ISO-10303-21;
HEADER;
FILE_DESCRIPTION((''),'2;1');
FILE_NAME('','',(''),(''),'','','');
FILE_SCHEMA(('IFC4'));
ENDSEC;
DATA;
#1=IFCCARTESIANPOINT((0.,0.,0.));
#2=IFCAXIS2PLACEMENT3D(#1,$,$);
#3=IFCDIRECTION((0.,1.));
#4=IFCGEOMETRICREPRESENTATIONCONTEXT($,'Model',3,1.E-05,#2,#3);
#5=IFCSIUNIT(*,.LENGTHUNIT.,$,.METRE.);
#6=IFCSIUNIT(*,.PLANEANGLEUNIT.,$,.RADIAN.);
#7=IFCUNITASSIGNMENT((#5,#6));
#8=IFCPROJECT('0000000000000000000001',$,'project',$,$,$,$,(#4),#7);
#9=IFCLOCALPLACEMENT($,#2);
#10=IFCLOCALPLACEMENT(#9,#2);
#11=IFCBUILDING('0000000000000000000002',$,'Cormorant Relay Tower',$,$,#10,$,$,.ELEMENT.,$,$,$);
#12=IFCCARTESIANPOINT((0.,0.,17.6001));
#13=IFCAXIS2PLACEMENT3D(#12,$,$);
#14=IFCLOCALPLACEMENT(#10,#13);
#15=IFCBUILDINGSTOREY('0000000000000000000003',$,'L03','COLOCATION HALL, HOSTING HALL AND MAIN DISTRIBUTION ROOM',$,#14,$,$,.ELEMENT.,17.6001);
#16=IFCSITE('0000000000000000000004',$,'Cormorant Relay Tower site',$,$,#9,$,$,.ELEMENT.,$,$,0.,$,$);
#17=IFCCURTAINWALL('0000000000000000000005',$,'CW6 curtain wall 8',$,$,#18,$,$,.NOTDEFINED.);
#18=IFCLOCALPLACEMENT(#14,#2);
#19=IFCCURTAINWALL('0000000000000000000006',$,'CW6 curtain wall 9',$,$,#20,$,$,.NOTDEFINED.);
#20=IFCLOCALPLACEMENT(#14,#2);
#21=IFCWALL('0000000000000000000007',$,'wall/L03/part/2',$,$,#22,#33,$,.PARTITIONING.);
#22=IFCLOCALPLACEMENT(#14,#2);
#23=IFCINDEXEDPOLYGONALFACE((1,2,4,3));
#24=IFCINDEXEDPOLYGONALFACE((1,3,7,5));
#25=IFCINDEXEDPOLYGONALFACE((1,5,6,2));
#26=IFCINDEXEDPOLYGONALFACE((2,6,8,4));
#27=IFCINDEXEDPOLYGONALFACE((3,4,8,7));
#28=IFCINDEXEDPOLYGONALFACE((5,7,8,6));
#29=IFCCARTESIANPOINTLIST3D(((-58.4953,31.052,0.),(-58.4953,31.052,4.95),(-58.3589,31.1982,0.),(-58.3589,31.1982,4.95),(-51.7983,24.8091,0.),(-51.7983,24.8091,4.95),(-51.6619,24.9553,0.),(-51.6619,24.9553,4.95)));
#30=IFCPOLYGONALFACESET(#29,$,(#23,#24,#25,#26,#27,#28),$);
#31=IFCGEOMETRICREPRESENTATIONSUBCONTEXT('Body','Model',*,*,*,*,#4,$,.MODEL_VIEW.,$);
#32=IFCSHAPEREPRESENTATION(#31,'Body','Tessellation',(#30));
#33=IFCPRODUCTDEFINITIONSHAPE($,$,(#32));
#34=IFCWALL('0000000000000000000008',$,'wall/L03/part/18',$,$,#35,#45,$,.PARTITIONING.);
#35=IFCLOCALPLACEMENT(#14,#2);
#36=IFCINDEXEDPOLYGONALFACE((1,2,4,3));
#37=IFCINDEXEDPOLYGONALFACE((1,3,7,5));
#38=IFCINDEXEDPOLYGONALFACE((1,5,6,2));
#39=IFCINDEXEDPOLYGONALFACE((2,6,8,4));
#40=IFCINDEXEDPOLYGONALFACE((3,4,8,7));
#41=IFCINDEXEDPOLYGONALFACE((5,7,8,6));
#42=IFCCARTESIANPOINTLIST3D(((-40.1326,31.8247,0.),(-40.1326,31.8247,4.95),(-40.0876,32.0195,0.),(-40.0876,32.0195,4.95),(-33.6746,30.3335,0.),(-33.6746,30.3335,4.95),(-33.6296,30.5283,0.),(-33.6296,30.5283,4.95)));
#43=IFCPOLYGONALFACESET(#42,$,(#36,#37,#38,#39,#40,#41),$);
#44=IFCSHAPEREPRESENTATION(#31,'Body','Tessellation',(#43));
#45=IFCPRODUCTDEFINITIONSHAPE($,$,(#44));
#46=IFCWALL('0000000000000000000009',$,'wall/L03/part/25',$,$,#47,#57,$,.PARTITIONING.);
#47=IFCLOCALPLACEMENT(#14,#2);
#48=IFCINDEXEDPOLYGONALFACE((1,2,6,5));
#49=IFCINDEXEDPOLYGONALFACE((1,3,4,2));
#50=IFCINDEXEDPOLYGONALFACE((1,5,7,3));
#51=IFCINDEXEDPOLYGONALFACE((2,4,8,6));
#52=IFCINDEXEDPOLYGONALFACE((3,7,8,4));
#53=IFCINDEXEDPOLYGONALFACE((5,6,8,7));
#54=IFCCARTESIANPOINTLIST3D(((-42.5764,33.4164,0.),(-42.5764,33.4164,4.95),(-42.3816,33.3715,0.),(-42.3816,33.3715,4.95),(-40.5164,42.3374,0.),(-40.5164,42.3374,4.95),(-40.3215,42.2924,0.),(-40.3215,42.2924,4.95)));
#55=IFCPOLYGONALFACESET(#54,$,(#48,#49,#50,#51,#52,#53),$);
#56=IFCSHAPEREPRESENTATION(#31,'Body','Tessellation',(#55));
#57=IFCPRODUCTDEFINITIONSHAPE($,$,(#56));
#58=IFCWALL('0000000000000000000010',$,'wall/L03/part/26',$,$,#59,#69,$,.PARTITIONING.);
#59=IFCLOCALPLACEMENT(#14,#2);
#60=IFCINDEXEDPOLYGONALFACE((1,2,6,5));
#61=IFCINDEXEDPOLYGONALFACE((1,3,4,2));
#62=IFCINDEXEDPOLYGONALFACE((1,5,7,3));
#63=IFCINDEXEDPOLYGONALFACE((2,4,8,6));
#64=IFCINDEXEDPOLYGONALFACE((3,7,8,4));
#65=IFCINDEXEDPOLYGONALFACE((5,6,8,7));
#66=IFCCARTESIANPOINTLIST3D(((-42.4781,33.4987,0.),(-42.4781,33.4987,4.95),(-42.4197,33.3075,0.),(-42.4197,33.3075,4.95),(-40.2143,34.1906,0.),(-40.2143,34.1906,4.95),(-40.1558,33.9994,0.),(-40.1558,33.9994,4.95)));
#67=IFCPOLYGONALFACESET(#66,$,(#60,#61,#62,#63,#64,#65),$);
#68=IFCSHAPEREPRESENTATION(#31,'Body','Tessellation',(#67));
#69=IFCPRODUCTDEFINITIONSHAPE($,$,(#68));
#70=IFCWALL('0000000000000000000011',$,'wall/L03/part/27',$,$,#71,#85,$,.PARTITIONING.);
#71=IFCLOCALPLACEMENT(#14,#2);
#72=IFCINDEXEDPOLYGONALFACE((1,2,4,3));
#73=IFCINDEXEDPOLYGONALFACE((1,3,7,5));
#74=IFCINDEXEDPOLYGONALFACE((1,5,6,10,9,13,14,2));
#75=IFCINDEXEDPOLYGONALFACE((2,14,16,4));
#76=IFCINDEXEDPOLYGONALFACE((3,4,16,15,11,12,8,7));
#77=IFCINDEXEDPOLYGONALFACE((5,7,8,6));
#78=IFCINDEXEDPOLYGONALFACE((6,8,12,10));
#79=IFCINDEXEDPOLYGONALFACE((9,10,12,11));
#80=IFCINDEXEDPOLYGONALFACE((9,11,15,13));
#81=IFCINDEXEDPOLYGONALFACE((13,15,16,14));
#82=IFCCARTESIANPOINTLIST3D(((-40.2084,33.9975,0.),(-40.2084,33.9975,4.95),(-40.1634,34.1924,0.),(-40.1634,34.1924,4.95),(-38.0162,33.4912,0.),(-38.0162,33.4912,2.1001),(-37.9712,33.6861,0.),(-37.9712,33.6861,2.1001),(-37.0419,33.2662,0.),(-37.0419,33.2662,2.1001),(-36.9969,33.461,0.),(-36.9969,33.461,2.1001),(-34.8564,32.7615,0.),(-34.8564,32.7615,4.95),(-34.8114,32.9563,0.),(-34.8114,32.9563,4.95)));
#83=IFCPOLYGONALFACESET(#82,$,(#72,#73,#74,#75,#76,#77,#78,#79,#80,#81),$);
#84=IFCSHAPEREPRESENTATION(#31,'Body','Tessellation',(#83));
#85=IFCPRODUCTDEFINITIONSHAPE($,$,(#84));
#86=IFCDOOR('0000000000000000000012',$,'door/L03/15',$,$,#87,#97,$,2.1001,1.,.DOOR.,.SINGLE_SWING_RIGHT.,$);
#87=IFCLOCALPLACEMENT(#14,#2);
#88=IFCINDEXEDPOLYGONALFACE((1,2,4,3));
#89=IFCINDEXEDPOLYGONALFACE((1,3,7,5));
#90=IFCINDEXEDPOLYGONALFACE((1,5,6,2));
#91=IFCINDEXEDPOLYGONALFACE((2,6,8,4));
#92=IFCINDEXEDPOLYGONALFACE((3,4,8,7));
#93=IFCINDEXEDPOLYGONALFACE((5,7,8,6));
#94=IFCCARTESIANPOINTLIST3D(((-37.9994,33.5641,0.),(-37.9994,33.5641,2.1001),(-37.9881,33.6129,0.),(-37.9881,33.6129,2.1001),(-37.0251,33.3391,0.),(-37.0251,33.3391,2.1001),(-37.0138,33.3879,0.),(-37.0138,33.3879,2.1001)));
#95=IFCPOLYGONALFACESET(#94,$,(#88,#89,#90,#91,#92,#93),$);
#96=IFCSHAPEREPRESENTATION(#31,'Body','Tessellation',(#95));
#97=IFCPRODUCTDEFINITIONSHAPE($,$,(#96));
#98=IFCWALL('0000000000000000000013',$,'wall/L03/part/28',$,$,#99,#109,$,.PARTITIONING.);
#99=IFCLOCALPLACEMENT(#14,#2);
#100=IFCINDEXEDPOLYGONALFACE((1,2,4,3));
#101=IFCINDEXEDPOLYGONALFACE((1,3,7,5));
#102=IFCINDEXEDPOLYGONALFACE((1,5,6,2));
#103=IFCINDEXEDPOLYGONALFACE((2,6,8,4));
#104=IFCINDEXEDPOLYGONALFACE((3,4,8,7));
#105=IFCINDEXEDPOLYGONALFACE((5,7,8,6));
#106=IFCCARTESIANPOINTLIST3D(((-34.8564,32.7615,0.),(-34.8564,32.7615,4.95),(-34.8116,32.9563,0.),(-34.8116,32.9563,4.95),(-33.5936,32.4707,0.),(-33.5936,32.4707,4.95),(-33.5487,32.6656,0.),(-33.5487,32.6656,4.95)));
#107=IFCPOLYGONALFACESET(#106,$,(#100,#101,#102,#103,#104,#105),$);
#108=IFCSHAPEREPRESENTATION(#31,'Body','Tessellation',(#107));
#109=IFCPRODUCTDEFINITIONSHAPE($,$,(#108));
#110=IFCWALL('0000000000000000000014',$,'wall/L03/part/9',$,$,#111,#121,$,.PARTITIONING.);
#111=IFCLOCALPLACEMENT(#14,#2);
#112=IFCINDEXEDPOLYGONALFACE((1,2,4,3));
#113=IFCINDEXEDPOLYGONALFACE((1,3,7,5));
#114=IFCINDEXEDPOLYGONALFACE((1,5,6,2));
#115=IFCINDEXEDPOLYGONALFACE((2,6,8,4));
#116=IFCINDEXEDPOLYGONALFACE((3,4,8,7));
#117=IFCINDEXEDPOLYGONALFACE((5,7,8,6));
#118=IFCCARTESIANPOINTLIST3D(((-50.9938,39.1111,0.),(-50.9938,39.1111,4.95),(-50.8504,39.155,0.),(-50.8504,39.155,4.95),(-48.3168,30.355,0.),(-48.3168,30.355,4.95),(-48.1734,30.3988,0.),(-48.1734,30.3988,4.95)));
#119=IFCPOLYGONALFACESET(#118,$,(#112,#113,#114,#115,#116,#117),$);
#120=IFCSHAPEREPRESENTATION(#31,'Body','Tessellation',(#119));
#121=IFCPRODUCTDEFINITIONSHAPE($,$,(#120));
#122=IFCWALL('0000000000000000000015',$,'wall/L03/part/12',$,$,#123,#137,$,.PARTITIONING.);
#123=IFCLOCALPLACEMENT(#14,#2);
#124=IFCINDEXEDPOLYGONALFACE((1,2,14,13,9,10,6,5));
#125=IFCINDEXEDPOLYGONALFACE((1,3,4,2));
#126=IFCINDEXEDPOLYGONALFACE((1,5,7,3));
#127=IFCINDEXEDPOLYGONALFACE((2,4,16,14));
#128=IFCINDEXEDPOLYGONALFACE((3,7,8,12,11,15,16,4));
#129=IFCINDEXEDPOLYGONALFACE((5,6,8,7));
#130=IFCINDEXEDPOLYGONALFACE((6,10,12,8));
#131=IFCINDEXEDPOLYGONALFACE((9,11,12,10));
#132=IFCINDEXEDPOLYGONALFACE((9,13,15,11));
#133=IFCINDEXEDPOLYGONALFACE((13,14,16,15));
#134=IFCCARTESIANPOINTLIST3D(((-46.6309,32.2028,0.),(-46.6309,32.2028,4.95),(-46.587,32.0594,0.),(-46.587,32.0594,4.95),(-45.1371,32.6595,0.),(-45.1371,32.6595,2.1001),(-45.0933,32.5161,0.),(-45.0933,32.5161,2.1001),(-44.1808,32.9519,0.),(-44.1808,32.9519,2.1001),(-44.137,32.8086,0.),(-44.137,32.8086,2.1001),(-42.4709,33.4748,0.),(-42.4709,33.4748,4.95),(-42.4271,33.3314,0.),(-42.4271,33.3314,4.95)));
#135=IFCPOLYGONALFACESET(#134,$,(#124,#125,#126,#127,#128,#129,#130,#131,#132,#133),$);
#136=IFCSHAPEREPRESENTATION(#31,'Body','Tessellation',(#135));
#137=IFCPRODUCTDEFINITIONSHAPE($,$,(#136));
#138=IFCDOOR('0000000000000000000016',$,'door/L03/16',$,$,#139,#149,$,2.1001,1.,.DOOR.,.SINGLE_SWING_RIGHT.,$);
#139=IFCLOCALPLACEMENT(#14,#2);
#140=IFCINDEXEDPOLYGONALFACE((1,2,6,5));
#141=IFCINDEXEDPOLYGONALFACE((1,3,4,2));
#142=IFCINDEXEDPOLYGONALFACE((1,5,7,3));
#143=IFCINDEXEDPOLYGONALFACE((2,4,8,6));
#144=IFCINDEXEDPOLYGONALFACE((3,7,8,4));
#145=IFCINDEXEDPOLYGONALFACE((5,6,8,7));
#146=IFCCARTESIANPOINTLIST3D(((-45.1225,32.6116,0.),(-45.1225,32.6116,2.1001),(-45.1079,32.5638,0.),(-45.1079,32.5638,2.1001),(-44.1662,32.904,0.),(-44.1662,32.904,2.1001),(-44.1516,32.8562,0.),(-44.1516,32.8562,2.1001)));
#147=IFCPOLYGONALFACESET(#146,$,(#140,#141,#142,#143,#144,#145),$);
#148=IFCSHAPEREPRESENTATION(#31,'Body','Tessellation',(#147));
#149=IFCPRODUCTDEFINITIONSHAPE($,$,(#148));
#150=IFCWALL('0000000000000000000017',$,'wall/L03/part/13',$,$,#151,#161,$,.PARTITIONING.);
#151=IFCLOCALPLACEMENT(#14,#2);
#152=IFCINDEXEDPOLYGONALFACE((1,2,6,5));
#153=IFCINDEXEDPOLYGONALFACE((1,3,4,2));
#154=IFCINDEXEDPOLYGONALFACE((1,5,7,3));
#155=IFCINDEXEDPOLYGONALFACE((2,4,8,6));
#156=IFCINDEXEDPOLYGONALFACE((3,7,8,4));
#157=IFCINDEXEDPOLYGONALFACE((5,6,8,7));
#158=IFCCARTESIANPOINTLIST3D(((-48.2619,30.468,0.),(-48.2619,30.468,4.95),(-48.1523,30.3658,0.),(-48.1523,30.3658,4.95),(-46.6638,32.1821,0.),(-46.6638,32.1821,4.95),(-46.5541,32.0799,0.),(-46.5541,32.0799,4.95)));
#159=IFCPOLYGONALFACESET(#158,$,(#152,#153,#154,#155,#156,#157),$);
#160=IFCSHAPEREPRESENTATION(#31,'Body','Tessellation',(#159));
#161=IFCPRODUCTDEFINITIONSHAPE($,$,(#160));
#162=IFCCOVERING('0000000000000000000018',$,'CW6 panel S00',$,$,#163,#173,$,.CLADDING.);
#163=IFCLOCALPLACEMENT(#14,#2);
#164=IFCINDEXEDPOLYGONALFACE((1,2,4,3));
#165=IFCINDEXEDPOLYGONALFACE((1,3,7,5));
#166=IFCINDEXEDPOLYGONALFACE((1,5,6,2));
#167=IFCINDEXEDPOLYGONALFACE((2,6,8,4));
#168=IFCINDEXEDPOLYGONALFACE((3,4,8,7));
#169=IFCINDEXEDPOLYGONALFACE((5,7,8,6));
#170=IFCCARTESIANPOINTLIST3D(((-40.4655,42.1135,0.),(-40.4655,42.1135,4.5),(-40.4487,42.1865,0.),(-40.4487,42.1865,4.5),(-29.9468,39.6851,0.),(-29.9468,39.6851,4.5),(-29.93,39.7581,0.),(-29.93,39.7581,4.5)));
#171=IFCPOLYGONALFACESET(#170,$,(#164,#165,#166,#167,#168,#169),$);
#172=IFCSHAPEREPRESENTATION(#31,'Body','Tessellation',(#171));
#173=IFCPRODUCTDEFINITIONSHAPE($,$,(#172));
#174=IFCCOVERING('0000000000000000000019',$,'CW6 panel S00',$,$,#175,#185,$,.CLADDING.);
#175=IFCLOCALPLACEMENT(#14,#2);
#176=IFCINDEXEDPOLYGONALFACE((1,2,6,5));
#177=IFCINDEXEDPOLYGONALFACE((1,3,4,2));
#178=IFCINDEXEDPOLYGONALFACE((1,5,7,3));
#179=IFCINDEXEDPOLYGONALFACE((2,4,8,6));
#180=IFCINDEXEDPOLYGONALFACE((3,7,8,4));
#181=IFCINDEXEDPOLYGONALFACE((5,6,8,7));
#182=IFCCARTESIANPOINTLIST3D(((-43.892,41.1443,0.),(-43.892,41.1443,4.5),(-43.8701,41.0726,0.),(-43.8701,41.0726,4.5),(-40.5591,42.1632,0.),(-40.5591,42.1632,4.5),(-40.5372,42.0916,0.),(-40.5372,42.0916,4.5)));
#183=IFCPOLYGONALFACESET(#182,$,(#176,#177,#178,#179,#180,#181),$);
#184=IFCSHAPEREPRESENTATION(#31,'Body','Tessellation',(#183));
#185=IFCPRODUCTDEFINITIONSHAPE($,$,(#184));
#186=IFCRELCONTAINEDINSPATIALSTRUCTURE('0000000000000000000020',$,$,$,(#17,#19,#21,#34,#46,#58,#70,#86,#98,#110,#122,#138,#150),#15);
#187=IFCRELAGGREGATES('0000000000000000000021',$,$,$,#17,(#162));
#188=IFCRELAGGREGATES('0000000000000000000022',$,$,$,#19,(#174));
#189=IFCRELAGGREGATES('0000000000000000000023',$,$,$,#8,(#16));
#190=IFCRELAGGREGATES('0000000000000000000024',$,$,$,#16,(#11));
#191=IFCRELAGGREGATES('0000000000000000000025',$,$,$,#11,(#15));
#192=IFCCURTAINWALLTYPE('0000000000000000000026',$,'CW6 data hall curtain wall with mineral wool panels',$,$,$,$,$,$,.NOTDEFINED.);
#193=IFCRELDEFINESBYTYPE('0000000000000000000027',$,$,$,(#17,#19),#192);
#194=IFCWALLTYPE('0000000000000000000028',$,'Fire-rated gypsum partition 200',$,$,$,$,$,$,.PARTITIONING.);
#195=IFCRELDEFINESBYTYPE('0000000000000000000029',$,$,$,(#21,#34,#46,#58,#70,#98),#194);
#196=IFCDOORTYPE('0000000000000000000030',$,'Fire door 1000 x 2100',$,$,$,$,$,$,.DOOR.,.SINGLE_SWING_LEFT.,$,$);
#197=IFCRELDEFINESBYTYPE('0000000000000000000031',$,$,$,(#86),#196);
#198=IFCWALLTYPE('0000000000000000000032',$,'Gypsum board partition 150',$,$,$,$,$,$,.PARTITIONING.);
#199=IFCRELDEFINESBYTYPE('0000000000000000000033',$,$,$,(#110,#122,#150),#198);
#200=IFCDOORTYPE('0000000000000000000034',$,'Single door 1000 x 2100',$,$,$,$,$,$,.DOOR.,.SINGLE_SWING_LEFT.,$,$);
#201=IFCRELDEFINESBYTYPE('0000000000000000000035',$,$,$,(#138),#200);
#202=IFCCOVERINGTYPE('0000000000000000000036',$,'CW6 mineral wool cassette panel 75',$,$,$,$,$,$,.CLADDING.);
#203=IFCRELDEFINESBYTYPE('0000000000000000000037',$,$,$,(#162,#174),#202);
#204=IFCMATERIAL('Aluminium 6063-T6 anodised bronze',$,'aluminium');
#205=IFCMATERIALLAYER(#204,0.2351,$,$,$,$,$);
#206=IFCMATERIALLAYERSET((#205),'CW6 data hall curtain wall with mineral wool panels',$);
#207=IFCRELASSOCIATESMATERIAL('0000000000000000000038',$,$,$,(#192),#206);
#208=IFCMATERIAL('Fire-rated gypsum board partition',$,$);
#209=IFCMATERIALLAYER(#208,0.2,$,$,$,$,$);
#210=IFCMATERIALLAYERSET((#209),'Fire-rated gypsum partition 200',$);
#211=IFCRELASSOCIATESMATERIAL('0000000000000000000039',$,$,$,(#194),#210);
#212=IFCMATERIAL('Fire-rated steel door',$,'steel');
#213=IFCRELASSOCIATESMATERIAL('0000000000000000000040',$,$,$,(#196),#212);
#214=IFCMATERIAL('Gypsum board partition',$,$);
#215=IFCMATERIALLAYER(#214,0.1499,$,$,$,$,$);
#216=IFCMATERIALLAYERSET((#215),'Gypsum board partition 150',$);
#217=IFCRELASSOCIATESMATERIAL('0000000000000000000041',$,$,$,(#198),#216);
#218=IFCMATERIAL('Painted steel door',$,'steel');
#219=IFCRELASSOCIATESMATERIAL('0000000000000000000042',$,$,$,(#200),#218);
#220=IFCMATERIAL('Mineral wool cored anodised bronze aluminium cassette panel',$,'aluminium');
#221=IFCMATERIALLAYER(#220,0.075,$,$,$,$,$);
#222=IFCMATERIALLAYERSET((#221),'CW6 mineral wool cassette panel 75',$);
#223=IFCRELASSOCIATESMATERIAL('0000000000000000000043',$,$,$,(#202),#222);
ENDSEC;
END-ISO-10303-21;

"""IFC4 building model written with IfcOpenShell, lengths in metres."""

from ifc_helpers import new_model, si_unit, direction, frame, frame_2d, origin, origin_2d, place, context, subcontext, project, spatial, rectangle, extrude, material, layer, layer_set, type_object, element, fill, aggregate, save


model = new_model("IFC4")

# Units and contexts
model_context = context("Model", 3, precision=1e-05, world=origin(), true_north=direction((0.0, 1.0)))
body_context = subcontext(model_context, "Body", "Model", "MODEL_VIEW")
ifc_project = project(units=[si_unit("LENGTHUNIT", "METRE"), si_unit("PLANEANGLEUNIT", "RADIAN")], contexts=[model_context])

# Site, building, storey
site_placement = place(None, origin())
site = spatial("IfcSite", under=ifc_project, at=site_placement, Name="Cormorant Relay Tower site", CompositionType="ELEMENT", RefElevation=0.0)
building_placement = place(site_placement, origin())
building = spatial("IfcBuilding", under=site, at=building_placement, Name="Cormorant Relay Tower", CompositionType="ELEMENT")
storey_placement = place(building_placement, frame((0.0, 0.0, 17.6001)))
storey = spatial("IfcBuildingStorey", under=building, at=storey_placement, Name="L03", Description="COLOCATION HALL, HOSTING HALL AND MAIN DISTRIBUTION ROOM", CompositionType="ELEMENT", Elevation=17.6001)

# Curtain wall
ifc_material_1 = material(Name="Aluminium 6063-T6 anodised bronze", Category="aluminium")
ifc_layer_1 = layer(ifc_material_1, 0.2351)
ifc_layer_set_1 = layer_set([ifc_layer_1], Name="CW6 data hall curtain wall with mineral wool panels")
curtain_wall_type = type_object("IfcCurtainWallType", Name="CW6 data hall curtain wall with mineral wool panels", PredefinedType="NOTDEFINED", material=ifc_layer_set_1)
curtain_wall_1_placement = place(storey_placement, origin())
curtain_wall_1 = element("IfcCurtainWall", 1, at=curtain_wall_1_placement, inside=storey, type_object=curtain_wall_type, Name="CW6 curtain wall 8", PredefinedType="NOTDEFINED")

# Curtain wall
curtain_wall_2_placement = place(storey_placement, origin())
curtain_wall_2 = element("IfcCurtainWall", 2, at=curtain_wall_2_placement, inside=storey, type_object=curtain_wall_type, Name="CW6 curtain wall 9", PredefinedType="NOTDEFINED")

# Walls
ifc_material_2 = material(Name="Fire-rated gypsum board partition")
ifc_layer_2 = layer(ifc_material_2, 0.2)
ifc_layer_set_2 = layer_set([ifc_layer_2], Name="Fire-rated gypsum partition 200")
wall_type_1 = type_object("IfcWallType", Name="Fire-rated gypsum partition 200", PredefinedType="PARTITIONING", material=ifc_layer_set_2)
wall_1_placement = place(storey_placement, frame((-58.427, 31.125, 0.0), z_axis=(0.0, 0.0, 1.0), x_axis=(0.731471, -0.681873, 0.0)))
element("IfcWall", 3, at=wall_1_placement, inside=storey, type_object=wall_type_1, Name="wall/L03/part/2", PredefinedType="PARTITIONING", context=body_context, shape_type="SweptSolid", body=[
    extrude(rectangle(XDim=9.1555, YDim=0.2, at=frame_2d((4.5776, 0.0))), origin(), (0.0, 0.0, 1.0), 4.95),
])
wall_2_placement = place(storey_placement, frame((-40.1101, 31.9221, 0.0), z_axis=(0.0, 0.0, 1.0), x_axis=(0.974361, -0.224989, 0.0)))
element("IfcWall", 4, at=wall_2_placement, inside=storey, type_object=wall_type_1, Name="wall/L03/part/18", PredefinedType="PARTITIONING", context=body_context, shape_type="SweptSolid", body=[
    extrude(rectangle(XDim=6.6279, YDim=0.2, at=frame_2d((3.314, 0.0))), origin(), (0.0, 0.0, 1.0), 4.95),
])
wall_3_placement = place(storey_placement, frame((-40.4189, 42.3149, 0.0), z_axis=(0.0, 0.0, 1.0), x_axis=(-0.225004, -0.974358, 0.0)))
element("IfcWall", 5, at=wall_3_placement, inside=storey, type_object=wall_type_1, Name="wall/L03/part/25", PredefinedType="PARTITIONING", context=body_context, shape_type="SweptSolid", body=[
    extrude(rectangle(XDim=9.1558, YDim=0.2, at=frame_2d((4.5779, 0.0))), origin(), (0.0, 0.0, 1.0), 4.95),
])
wall_4_placement = place(storey_placement, frame((-40.1851, 34.095, 0.0), z_axis=(0.0, 0.0, 1.0), x_axis=(-0.956335, -0.292274, 0.0)))
element("IfcWall", 6, at=wall_4_placement, inside=storey, type_object=wall_type_1, Name="wall/L03/part/26", PredefinedType="PARTITIONING", context=body_context, shape_type="SweptSolid", body=[
    extrude(rectangle(XDim=2.3672, YDim=0.2, at=frame_2d((1.1836, 0.0))), origin(), (0.0, 0.0, 1.0), 4.95),
])

# Wall, opening, door
wall_5_placement = place(storey_placement, frame((-40.186, 34.095, 0.0), z_axis=(0.0, 0.0, 1.0), x_axis=(0.974351, -0.225032, 0.0)))
wall_5 = element("IfcWall", 7, at=wall_5_placement, inside=storey, type_object=wall_type_1, Name="wall/L03/part/27", PredefinedType="PARTITIONING", context=body_context, shape_type="SweptSolid", body=[
    extrude(rectangle(XDim=5.4929, YDim=0.2, at=frame_2d((2.7466, 0.0))), origin(), (0.0, 0.0, 1.0), 4.95),
])
opening_1_placement = place(wall_5_placement, frame((2.25, 0.0, 0.0)))
opening_1 = element("IfcOpeningElement", 8, at=opening_1_placement, cuts=wall_5, PredefinedType="OPENING", context=body_context, shape_type="SweptSolid", body=[
    extrude(rectangle(XDim=1.0, YDim=2.1001, at=frame_2d((0.5, 1.05))), frame((0.0, 0.1099, 0.0), z_axis=(0.0, -1.0, 0.0), x_axis=(1.0, 0.0, 0.0)), (0.0, 0.0, 1.0), 0.22),
])
ifc_material_3 = material(Name="Fire-rated steel door", Category="steel")
door_type_1 = type_object("IfcDoorType", Name="Fire door 1000 x 2100", OperationType="SINGLE_SWING_LEFT", PredefinedType="DOOR", material=ifc_material_3)
door_1_placement = place(opening_1_placement, origin())
door_1 = element("IfcDoor", 9, at=door_1_placement, inside=storey, type_object=door_type_1, Name="door/L03/15", OperationType="SINGLE_SWING_RIGHT", OverallHeight=2.1001, OverallWidth=1.0, PredefinedType="DOOR", context=body_context, shape_type="SweptSolid", body=[
    extrude(rectangle(XDim=1.0, YDim=2.1001, at=frame_2d((0.5, 1.05))), frame((0.0, 0.0249, 0.0), z_axis=(0.0, -1.0, 0.0), x_axis=(1.0, 0.0, 0.0)), (0.0, 0.0, 1.0), 0.05),
])
fill(opening_1, door_1)

# Walls
wall_6_placement = place(storey_placement, frame((-34.834, 32.8589, 0.0), z_axis=(0.0, 0.0, 1.0), x_axis=(0.974505, -0.224364, 0.0)))
element("IfcWall", 10, at=wall_6_placement, inside=storey, type_object=wall_type_1, Name="wall/L03/part/28", PredefinedType="PARTITIONING", context=body_context, shape_type="SweptSolid", body=[
    extrude(rectangle(XDim=1.2959, YDim=0.2, at=frame_2d((0.6479, 0.0))), origin(), (0.0, 0.0, 1.0), 4.95),
])
ifc_material_4 = material(Name="Gypsum board partition")
ifc_layer_3 = layer(ifc_material_4, 0.1499)
ifc_layer_set_3 = layer_set([ifc_layer_3], Name="Gypsum board partition 150")
wall_type_2 = type_object("IfcWallType", Name="Gypsum board partition 150", PredefinedType="PARTITIONING", material=ifc_layer_set_3)
wall_7_placement = place(storey_placement, frame((-50.9221, 39.1331, 0.0), z_axis=(0.0, 0.0, 1.0), x_axis=(0.292371, -0.956305, 0.0)))
element("IfcWall", 11, at=wall_7_placement, inside=storey, type_object=wall_type_2, Name="wall/L03/part/9", PredefinedType="PARTITIONING", context=body_context, shape_type="SweptSolid", body=[
    extrude(rectangle(XDim=9.1562, YDim=0.1499, at=frame_2d((4.5781, 0.0))), origin(), (0.0, 0.0, 1.0), 4.95),
])

# Wall, opening, door
wall_8_placement = place(storey_placement, frame((-42.449, 33.4031, 0.0), z_axis=(0.0, 0.0, 1.0), x_axis=(-0.956294, -0.292405, 0.0)))
wall_8 = element("IfcWall", 12, at=wall_8_placement, inside=storey, type_object=wall_type_2, Name="wall/L03/part/12", PredefinedType="PARTITIONING", context=body_context, shape_type="SweptSolid", body=[
    extrude(rectangle(XDim=4.3501, YDim=0.1499, at=frame_2d((2.175, 0.0))), origin(), (0.0, 0.0, 1.0), 4.95),
])
opening_2_placement = place(wall_8_placement, frame((1.7881, 0.0, 0.0)))
opening_2 = element("IfcOpeningElement", 13, at=opening_2_placement, cuts=wall_8, PredefinedType="OPENING", context=body_context, shape_type="SweptSolid", body=[
    extrude(rectangle(XDim=1.0, YDim=2.1001, at=frame_2d((0.5, 1.05))), frame((0.0, 0.085, 0.0), z_axis=(0.0, -1.0, 0.0), x_axis=(1.0, 0.0, 0.0)), (0.0, 0.0, 1.0), 0.1699),
])
ifc_material_5 = material(Name="Painted steel door", Category="steel")
door_type_2 = type_object("IfcDoorType", Name="Single door 1000 x 2100", OperationType="SINGLE_SWING_LEFT", PredefinedType="DOOR", material=ifc_material_5)
door_2_placement = place(opening_2_placement, frame((1.0, 0.0, 0.0), z_axis=(0.0, 0.0, 1.0), x_axis=(-1.0, 0.0, 0.0)))
door_2 = element("IfcDoor", 14, at=door_2_placement, inside=storey, type_object=door_type_2, Name="door/L03/16", OperationType="SINGLE_SWING_RIGHT", OverallHeight=2.1001, OverallWidth=1.0, PredefinedType="DOOR", context=body_context, shape_type="SweptSolid", body=[
    extrude(rectangle(XDim=1.0, YDim=2.1001, at=frame_2d((0.5, 1.05))), frame((0.0, 0.0249, 0.0), z_axis=(0.0, -1.0, 0.0), x_axis=(1.0, 0.0, 0.0)), (0.0, 0.0, 1.0), 0.05),
])
fill(opening_2, door_2)

# Wall
wall_9_placement = place(storey_placement, frame((-46.6089, 32.1311, 0.0), z_axis=(0.0, 0.0, 1.0), x_axis=(-0.681932, -0.731415, 0.0)))
element("IfcWall", 15, at=wall_9_placement, inside=storey, type_object=wall_type_2, Name="wall/L03/part/13", PredefinedType="PARTITIONING", context=body_context, shape_type="SweptSolid", body=[
    extrude(rectangle(XDim=2.3435, YDim=0.1499, at=frame_2d((1.1719, 0.0))), origin(), (0.0, 0.0, 1.0), 4.95),
])

# Coverings
ifc_material_6 = material(Name="Mineral wool cored anodised bronze aluminium cassette panel", Category="aluminium")
ifc_layer_4 = layer(ifc_material_6, 0.075)
ifc_layer_set_4 = layer_set([ifc_layer_4], Name="CW6 mineral wool cassette panel 75")
covering_type = type_object("IfcCoveringType", Name="CW6 mineral wool cassette panel 75", PredefinedType="CLADDING", material=ifc_layer_set_4)
covering_1_placement = place(storey_placement, frame((-35.1978, 40.9358, 0.0), z_axis=(0.0, 0.0, 1.0), x_axis=(-0.97437, 0.224951, 0.0)))
covering_1 = element("IfcCovering", 16, at=covering_1_placement, type_object=covering_type, Name="CW6 panel S00", PredefinedType="CLADDING", context=body_context, shape_type="SweptSolid", body=[
    extrude(rectangle(XDim=10.7954, YDim=0.075, at=origin_2d()), origin(), (0.0, 0.0, 1.0), 4.5),
])
aggregate(curtain_wall_1, [covering_1])
covering_2_placement = place(storey_placement, frame((-42.2146, 41.6179, 0.0), z_axis=(0.0, 0.0, 1.0), x_axis=(-0.956305, -0.292372, 0.0)))
covering_2 = element("IfcCovering", 17, at=covering_2_placement, type_object=covering_type, Name="CW6 panel S00", PredefinedType="CLADDING", context=body_context, shape_type="SweptSolid", body=[
    extrude(rectangle(XDim=3.4851, YDim=0.075, at=origin_2d()), origin(), (0.0, 0.0, 1.0), 4.5),
])
aggregate(curtain_wall_2, [covering_2])

save(model, "model.ifc")
